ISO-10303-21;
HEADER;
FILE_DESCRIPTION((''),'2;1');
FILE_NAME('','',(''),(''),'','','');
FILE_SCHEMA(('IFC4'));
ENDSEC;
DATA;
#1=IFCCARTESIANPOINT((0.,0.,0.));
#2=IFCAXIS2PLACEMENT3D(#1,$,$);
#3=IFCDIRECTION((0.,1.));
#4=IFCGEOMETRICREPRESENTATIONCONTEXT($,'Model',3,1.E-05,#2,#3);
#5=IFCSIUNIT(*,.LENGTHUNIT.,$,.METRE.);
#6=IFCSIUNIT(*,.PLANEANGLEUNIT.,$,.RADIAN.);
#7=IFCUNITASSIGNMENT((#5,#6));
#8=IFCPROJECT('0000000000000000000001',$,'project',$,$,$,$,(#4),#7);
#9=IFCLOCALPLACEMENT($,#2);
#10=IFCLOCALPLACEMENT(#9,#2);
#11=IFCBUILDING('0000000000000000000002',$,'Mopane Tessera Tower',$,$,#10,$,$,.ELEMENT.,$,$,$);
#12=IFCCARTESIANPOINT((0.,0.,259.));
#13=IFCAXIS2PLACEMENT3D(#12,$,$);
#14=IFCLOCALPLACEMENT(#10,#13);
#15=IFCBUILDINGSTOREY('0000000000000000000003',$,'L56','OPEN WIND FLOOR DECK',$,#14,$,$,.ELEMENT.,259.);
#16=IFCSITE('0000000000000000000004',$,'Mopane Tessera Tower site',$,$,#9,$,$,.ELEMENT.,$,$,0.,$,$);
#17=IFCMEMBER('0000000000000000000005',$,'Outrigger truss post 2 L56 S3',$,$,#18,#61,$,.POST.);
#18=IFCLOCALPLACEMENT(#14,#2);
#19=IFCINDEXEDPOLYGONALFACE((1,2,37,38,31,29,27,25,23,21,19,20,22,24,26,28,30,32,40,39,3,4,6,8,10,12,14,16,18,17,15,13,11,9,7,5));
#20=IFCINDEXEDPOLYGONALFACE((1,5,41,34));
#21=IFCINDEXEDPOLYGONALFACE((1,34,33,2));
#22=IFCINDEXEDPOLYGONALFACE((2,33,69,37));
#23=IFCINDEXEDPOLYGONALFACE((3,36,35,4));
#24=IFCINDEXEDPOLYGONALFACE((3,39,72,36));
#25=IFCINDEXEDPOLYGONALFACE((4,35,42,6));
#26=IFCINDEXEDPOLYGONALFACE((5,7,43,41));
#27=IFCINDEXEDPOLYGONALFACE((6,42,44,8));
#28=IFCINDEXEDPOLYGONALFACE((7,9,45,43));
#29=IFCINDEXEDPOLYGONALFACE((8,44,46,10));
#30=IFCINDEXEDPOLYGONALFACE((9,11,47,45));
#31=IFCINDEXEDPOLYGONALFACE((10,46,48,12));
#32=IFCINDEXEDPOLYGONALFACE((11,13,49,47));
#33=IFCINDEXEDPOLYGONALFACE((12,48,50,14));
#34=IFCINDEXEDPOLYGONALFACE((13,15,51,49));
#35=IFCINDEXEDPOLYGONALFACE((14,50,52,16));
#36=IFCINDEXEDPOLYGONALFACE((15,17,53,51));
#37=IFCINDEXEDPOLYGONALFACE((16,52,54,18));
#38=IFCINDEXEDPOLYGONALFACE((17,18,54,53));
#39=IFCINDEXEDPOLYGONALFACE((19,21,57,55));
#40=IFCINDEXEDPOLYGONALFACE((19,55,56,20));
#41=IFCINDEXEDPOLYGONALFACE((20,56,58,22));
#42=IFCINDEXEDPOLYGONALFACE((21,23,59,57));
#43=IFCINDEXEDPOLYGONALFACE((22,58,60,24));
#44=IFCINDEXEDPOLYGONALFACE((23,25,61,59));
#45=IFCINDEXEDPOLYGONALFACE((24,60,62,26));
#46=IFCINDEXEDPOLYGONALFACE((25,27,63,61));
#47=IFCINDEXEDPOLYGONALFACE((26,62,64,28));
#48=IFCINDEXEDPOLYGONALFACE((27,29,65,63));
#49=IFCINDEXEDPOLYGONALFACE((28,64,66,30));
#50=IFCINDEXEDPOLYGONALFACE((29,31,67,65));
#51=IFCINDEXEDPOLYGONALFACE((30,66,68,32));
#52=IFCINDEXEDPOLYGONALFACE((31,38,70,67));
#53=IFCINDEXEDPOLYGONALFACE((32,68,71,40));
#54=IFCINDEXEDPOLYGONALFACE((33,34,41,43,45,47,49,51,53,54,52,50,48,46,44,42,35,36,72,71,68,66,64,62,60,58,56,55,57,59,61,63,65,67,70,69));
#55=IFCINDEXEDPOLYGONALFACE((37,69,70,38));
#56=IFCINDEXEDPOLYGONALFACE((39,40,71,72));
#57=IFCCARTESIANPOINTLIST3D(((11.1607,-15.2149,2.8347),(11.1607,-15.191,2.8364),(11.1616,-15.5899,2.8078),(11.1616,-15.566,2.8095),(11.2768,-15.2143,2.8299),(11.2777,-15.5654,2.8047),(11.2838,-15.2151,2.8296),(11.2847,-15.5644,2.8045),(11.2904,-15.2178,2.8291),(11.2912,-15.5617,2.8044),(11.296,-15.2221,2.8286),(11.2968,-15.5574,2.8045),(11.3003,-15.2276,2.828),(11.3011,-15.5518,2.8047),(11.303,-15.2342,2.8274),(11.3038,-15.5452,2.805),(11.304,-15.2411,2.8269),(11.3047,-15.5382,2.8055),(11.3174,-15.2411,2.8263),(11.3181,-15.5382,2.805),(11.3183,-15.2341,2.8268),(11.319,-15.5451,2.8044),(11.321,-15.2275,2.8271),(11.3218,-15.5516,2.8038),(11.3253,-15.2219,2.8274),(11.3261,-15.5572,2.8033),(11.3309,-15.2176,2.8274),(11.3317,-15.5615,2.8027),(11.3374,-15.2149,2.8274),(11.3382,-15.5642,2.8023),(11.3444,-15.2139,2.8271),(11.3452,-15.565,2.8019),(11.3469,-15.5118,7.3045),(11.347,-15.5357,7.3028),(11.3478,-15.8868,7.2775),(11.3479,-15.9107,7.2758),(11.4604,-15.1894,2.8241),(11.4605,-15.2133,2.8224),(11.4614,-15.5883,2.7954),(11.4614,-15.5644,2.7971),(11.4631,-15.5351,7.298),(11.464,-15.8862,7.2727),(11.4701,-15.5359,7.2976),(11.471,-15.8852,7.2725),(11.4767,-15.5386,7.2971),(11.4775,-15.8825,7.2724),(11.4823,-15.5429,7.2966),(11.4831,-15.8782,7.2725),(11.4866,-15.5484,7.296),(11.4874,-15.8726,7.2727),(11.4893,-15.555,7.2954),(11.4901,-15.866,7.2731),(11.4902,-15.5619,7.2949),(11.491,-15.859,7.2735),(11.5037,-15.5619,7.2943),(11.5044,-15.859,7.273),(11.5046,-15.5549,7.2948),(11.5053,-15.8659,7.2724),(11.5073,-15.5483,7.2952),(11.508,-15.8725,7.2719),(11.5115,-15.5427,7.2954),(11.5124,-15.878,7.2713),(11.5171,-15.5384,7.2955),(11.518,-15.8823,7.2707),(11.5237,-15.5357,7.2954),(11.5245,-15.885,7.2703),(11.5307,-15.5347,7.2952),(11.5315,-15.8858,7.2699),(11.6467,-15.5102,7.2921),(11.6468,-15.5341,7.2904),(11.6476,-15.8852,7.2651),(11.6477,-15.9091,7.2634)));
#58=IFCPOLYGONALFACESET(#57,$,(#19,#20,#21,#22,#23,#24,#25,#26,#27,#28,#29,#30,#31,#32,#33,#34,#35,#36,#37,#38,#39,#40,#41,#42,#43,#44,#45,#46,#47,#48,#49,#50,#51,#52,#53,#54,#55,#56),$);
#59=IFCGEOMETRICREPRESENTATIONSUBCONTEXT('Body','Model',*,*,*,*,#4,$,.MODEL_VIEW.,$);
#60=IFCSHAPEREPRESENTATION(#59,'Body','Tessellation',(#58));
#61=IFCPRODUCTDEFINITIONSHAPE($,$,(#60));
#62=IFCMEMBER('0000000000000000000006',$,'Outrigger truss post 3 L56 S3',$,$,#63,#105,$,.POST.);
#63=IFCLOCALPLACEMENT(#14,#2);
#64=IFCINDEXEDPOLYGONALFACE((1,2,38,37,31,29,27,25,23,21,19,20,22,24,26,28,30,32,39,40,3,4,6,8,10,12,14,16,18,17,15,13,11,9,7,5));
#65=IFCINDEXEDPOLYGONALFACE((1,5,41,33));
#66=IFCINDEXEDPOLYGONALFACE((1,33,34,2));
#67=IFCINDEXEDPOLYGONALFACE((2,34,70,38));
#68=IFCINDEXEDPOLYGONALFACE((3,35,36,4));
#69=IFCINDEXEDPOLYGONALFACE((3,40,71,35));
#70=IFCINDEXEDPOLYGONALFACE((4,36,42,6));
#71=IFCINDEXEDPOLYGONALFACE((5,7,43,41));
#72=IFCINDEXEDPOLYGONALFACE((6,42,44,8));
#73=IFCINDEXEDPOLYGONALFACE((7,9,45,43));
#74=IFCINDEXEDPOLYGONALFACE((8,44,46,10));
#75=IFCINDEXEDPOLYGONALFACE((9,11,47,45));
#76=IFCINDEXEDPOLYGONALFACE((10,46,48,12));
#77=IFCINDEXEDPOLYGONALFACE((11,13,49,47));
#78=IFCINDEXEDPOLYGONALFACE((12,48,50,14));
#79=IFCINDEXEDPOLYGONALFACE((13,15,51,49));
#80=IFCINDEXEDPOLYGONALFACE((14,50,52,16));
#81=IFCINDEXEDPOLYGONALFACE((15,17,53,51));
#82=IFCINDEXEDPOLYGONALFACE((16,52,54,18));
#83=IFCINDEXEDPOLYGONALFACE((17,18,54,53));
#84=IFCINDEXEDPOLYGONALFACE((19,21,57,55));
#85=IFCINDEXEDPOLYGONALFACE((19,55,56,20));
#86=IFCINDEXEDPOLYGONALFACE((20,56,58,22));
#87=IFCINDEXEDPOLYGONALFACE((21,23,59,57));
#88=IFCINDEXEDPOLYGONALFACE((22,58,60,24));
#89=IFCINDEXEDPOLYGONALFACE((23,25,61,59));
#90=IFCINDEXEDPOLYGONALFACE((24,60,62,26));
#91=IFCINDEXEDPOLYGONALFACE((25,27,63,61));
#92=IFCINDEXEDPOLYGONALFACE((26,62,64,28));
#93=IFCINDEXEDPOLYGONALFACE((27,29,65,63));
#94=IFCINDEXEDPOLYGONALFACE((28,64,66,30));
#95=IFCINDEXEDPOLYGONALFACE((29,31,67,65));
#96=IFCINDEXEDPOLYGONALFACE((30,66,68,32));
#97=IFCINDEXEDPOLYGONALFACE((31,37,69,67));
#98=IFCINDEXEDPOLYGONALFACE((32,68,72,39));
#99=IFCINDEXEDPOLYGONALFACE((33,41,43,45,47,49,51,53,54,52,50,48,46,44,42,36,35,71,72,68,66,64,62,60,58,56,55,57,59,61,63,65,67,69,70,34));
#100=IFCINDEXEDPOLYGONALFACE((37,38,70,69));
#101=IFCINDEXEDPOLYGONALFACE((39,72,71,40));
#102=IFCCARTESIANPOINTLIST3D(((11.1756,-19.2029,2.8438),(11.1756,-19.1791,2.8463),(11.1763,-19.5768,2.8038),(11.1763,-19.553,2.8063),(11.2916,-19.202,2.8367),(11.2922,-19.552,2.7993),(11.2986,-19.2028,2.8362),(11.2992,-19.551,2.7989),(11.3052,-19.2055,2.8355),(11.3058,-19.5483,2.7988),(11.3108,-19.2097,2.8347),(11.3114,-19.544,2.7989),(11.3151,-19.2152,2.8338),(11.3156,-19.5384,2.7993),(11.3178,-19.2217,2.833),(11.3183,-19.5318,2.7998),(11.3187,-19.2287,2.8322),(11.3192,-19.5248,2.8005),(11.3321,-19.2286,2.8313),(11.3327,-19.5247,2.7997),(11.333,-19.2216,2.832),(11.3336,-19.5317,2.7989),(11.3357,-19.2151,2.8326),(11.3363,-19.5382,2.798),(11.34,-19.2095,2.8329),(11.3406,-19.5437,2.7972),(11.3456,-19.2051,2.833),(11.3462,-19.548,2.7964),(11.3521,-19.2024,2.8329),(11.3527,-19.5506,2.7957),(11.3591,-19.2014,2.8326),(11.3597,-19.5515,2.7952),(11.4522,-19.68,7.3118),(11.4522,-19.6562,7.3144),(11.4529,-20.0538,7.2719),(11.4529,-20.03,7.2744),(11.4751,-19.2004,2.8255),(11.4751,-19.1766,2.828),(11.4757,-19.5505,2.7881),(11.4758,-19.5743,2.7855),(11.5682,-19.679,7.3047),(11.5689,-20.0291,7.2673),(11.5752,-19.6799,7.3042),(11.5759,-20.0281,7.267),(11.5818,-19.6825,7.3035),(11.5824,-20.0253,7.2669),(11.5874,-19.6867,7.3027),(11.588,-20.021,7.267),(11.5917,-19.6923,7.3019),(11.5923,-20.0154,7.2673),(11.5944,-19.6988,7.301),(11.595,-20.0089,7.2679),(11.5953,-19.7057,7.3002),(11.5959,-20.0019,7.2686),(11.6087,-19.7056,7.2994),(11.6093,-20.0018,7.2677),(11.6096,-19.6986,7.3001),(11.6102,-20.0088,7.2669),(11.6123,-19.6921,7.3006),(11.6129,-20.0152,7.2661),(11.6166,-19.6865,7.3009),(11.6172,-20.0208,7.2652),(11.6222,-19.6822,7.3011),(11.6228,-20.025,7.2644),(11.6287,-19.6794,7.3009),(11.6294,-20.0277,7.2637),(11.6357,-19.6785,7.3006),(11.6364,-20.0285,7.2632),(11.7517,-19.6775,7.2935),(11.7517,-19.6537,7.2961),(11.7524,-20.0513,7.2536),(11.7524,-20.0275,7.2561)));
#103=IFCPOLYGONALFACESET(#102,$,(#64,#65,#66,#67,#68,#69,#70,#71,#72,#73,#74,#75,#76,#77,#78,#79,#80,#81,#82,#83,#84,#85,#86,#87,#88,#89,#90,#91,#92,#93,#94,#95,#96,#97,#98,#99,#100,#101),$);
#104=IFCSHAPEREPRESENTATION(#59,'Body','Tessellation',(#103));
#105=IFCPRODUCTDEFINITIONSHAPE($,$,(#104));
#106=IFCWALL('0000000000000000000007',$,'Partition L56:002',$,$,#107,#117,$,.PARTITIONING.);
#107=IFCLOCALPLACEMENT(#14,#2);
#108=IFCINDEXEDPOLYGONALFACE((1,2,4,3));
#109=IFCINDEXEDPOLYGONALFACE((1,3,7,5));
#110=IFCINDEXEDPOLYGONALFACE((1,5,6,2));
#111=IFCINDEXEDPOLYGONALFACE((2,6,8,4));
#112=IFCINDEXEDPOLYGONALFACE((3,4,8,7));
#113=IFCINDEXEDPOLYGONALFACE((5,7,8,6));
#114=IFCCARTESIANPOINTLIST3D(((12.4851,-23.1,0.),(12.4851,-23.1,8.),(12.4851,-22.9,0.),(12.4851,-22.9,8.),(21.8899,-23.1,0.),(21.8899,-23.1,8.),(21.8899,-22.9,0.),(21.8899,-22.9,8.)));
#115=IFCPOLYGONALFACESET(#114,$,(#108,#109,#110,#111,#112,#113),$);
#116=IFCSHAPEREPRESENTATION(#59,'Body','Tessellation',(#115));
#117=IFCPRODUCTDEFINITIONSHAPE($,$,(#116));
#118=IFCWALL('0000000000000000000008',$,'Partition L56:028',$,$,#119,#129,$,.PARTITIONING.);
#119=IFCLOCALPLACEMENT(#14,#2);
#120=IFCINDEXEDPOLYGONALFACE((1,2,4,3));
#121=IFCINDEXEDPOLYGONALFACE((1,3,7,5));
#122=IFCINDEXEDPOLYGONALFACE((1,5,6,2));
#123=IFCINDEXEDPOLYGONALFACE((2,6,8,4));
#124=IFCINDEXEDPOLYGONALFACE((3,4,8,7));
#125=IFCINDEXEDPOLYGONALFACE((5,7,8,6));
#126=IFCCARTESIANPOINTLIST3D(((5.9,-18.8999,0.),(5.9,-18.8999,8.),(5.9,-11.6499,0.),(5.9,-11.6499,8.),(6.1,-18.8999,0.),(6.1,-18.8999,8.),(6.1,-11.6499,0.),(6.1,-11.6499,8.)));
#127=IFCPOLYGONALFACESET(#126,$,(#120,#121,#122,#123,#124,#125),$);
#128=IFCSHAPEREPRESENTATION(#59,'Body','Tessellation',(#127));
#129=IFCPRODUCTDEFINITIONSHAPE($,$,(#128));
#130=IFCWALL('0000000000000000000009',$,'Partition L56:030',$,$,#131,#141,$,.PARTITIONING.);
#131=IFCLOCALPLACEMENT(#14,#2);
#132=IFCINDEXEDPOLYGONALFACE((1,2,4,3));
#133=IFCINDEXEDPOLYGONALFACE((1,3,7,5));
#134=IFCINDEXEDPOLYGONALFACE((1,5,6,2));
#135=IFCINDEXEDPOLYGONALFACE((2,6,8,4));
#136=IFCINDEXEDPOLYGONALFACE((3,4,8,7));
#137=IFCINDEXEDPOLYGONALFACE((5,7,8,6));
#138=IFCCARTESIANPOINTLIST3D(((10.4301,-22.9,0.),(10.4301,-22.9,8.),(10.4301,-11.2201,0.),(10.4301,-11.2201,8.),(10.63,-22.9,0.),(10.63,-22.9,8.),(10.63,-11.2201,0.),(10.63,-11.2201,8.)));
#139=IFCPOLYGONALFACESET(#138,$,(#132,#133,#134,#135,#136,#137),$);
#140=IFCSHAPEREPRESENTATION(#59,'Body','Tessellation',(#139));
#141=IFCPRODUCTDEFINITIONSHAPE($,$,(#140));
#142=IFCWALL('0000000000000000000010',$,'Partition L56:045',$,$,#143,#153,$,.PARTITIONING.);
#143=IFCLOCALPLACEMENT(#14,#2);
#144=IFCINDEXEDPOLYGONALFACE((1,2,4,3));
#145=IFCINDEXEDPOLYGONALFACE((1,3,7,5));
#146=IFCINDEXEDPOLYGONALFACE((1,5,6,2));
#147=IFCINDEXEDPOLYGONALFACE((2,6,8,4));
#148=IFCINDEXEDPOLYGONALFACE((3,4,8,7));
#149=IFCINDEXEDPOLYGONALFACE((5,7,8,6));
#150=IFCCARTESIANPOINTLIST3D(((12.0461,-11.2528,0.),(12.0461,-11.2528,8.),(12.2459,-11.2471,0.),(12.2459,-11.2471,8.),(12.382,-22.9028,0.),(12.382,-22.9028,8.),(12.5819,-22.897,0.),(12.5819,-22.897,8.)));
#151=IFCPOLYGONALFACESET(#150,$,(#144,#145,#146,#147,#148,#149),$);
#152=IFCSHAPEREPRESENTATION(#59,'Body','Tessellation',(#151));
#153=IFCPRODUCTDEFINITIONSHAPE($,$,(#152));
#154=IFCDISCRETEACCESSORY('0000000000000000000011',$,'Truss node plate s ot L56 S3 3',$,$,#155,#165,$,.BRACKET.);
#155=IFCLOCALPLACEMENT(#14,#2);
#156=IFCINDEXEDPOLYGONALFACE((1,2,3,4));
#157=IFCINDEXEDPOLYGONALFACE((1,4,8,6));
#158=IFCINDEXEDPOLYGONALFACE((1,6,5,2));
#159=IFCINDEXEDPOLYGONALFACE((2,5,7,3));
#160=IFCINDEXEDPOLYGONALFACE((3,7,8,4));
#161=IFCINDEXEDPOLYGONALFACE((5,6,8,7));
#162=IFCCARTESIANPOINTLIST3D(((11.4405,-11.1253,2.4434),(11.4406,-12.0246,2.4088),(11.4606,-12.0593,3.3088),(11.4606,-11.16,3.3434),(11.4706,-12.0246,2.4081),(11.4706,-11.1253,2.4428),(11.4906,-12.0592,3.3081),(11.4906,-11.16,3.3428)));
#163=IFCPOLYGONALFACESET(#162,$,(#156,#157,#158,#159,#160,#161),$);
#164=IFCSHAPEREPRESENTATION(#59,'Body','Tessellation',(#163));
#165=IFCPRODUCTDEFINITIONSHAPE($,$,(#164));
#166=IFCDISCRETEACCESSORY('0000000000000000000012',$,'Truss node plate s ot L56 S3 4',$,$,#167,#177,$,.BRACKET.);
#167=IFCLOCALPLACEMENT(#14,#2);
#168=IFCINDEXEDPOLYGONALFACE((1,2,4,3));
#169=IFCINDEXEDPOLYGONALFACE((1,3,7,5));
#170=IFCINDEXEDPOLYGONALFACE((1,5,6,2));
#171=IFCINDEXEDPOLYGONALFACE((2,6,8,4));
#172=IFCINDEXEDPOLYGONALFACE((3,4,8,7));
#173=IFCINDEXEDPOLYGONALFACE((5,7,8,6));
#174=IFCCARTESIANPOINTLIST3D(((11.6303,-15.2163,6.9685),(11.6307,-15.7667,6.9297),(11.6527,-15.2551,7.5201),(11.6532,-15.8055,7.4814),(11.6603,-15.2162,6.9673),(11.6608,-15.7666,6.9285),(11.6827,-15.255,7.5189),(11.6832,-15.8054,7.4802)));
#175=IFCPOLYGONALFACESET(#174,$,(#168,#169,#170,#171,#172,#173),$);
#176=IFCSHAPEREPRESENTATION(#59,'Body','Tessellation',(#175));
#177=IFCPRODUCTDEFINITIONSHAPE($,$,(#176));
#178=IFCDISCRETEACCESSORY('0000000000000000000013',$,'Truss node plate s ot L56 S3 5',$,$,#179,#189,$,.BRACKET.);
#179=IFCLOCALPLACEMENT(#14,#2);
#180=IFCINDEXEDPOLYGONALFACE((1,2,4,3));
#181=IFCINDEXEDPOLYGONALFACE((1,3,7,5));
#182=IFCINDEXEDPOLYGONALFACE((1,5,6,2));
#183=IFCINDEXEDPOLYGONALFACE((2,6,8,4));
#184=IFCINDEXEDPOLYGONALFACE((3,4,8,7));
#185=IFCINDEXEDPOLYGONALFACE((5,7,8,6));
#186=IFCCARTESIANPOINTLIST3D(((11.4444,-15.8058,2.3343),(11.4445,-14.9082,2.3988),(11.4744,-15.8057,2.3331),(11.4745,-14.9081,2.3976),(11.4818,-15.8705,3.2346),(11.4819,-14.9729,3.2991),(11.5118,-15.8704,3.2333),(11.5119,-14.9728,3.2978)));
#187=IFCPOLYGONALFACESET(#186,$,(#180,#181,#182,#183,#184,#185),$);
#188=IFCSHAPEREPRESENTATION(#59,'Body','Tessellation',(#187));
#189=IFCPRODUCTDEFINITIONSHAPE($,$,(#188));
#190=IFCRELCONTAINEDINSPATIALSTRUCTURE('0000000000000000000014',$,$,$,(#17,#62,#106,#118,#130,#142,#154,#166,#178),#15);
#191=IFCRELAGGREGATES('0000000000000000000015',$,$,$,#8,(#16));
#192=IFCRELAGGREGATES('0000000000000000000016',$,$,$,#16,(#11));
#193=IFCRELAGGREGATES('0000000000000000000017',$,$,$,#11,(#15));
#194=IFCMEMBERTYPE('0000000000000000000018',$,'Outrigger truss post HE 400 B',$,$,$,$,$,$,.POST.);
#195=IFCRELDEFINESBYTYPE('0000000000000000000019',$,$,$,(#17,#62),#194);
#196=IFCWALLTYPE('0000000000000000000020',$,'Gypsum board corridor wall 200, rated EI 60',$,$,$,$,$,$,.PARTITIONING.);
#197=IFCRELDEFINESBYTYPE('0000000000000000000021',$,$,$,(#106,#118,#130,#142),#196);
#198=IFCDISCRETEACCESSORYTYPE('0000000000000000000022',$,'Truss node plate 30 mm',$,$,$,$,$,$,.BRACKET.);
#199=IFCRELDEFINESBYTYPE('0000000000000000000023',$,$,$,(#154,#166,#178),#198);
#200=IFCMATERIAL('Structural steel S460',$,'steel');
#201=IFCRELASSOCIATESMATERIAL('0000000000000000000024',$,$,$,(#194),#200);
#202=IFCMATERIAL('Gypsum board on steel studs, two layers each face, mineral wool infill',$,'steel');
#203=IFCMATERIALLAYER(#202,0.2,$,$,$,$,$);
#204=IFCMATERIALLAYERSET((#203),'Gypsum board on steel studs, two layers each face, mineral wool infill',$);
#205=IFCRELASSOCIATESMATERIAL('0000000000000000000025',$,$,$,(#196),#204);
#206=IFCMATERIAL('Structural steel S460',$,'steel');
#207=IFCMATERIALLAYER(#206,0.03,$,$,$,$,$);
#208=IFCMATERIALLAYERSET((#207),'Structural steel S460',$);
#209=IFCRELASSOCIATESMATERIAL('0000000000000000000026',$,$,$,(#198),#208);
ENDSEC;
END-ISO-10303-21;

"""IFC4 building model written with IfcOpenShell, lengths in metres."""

from ifc_helpers import new_model, si_unit, direction, frame, frame_2d, origin, origin_2d, place, context, subcontext, project, spatial, rectangle, i_section, extrude, material, layer, layer_set, material_profile, profile_set, type_object, element, save


model = new_model("IFC4")

# Units and contexts
model_context = context("Model", 3, precision=1e-05, world=origin(), true_north=direction((0.0, 1.0)))
body_context = subcontext(model_context, "Body", "Model", "MODEL_VIEW")
ifc_project = project(units=[si_unit("LENGTHUNIT", "METRE"), si_unit("PLANEANGLEUNIT", "RADIAN")], contexts=[model_context])

# Site, building, storey
site_placement = place(None, origin())
site = spatial("IfcSite", under=ifc_project, at=site_placement, Name="Mopane Tessera Tower site", CompositionType="ELEMENT", RefElevation=0.0)
building_placement = place(site_placement, origin())
building = spatial("IfcBuilding", under=site, at=building_placement, Name="Mopane Tessera Tower", CompositionType="ELEMENT")
storey_placement = place(building_placement, frame((0.0, 0.0, 259.0)))
storey = spatial("IfcBuildingStorey", under=building, at=storey_placement, Name="L56", Description="OPEN WIND FLOOR DECK", CompositionType="ELEMENT", Elevation=259.0)

# Members
ifc_material_1 = material(Name="Structural steel S460", Category="steel")
ifc_material_profile_1 = material_profile(ifc_material_1, i_section(OverallWidth=0.3, OverallDepth=0.3999, WebThickness=0.0134, FlangeThickness=0.0239, FilletRadius=0.0271, at=origin_2d()))
ifc_profile_set_1 = profile_set([ifc_material_profile_1], Name="Structural steel S460")
member_type_1 = type_object("IfcMemberType", Name="Outrigger truss post HE 400 B", PredefinedType="POST", material=ifc_profile_set_1)
member_1_placement = place(storey_placement, frame((11.311, -15.3896, 2.8159), z_axis=(0.041549, -0.071553, 0.996571), x_axis=(0.999134, 0.00538, -0.041269)))
element("IfcMember", 1, at=member_1_placement, inside=storey, type_object=member_type_1, Name="Outrigger truss post 2 L56 S3", PredefinedType="POST", context=body_context, shape_type="SweptSolid", body=[
    extrude(i_section(OverallWidth=0.3, OverallDepth=0.3999, WebThickness=0.0134, FlangeThickness=0.0239, FilletRadius=0.0271, at=origin_2d()), origin(), (0.0, 0.0, 1.0), 4.4834),
])
member_2_placement = place(storey_placement, frame((11.3257, -19.3767, 2.8159), z_axis=(0.061443, -0.105966, 0.99247), x_axis=(0.998109, 0.008299, -0.060906)))
element("IfcMember", 2, at=member_2_placement, inside=storey, type_object=member_type_1, Name="Outrigger truss post 3 L56 S3", PredefinedType="POST", context=body_context, shape_type="SweptSolid", body=[
    extrude(i_section(OverallWidth=0.3, OverallDepth=0.3999, WebThickness=0.0134, FlangeThickness=0.0239, FilletRadius=0.0271, at=origin_2d()), origin(), (0.0, 0.0, 1.0), 4.502),
])

# Walls
ifc_material_2 = material(Name="Gypsum board on steel studs, two layers each face, mineral wool infill", Category="steel")
ifc_layer_1 = layer(ifc_material_2, 0.2)
ifc_layer_set_1 = layer_set([ifc_layer_1], Name="Gypsum board on steel studs, two layers each face, mineral wool infill")
wall_type = type_object("IfcWallType", Name="Gypsum board corridor wall 200, rated EI 60", PredefinedType="PARTITIONING", material=ifc_layer_set_1)
wall_1_placement = place(storey_placement, frame((12.4851, -23.0, 0.0), z_axis=(0.0, 0.0, 1.0), x_axis=(1.0, 0.0, 0.0)))
element("IfcWall", 3, at=wall_1_placement, inside=storey, type_object=wall_type, Name="Partition L56:002", PredefinedType="PARTITIONING", context=body_context, shape_type="SweptSolid", body=[
    extrude(rectangle(XDim=9.4048, YDim=0.2, at=frame_2d((4.7024, 0.0))), origin(), (0.0, 0.0, 1.0), 8.0),
])
wall_2_placement = place(storey_placement, frame((6.0, -18.8999, 0.0), z_axis=(0.0, 0.0, 1.0), x_axis=(0.0, 1.0, 0.0)))
element("IfcWall", 4, at=wall_2_placement, inside=storey, type_object=wall_type, Name="Partition L56:028", PredefinedType="PARTITIONING", context=body_context, shape_type="SweptSolid", body=[
    extrude(rectangle(XDim=7.25, YDim=0.2, at=frame_2d((3.625, 0.0))), origin(), (0.0, 0.0, 1.0), 8.0),
])
wall_3_placement = place(storey_placement, frame((10.53, -22.8999, 0.0), z_axis=(0.0, 0.0, 1.0), x_axis=(0.0, 1.0, 0.0)))
element("IfcWall", 5, at=wall_3_placement, inside=storey, type_object=wall_type, Name="Partition L56:030", PredefinedType="PARTITIONING", context=body_context, shape_type="SweptSolid", body=[
    extrude(rectangle(XDim=11.6799, YDim=0.2, at=frame_2d((5.8398, 0.0))), origin(), (0.0, 0.0, 1.0), 8.0),
])
wall_4_placement = place(storey_placement, frame((12.4819, -22.8999, 0.0), z_axis=(0.0, 0.0, 1.0), x_axis=(-0.028824, 0.999584, 0.0)))
element("IfcWall", 6, at=wall_4_placement, inside=storey, type_object=wall_type, Name="Partition L56:045", PredefinedType="PARTITIONING", context=body_context, shape_type="SweptSolid", body=[
    extrude(rectangle(XDim=11.6548, YDim=0.2, at=frame_2d((5.8274, 0.0))), origin(), (0.0, 0.0, 1.0), 8.0),
])

# Discrete accessories
ifc_material_3 = material(Name="Structural steel S460", Category="steel")
ifc_layer_2 = layer(ifc_material_3, 0.03)
ifc_layer_set_2 = layer_set([ifc_layer_2], Name="Structural steel S460")
discrete_accessory_type = type_object("IfcDiscreteAccessoryType", Name="Truss node plate 30 mm", PredefinedType="BRACKET", material=ifc_layer_set_2)
discrete_accessory_1_placement = place(storey_placement, frame((11.4556, -11.575, 2.4258), z_axis=(0.022224, -0.038486, 0.999012), x_axis=(0.999753, 0.000871, -0.022207)))
element("IfcDiscreteAccessory", 7, at=discrete_accessory_1_placement, inside=storey, type_object=discrete_accessory_type, Name="Truss node plate s ot L56 S3 3", PredefinedType="BRACKET", context=body_context, shape_type="SweptSolid", body=[
    extrude(rectangle(XDim=0.03, YDim=0.8999, at=origin_2d()), origin(), (0.0, 0.0, 1.0), 0.9009),
])
discrete_accessory_2_placement = place(storey_placement, frame((11.6455, -15.4915, 6.9485), z_axis=(0.040574, -0.070123, 0.996713), x_axis=(0.999176, 0.003716, -0.040413)))
element("IfcDiscreteAccessory", 8, at=discrete_accessory_2_placement, inside=storey, type_object=discrete_accessory_type, Name="Truss node plate s ot L56 S3 4", PredefinedType="BRACKET", context=body_context, shape_type="SweptSolid", body=[
    extrude(rectangle(XDim=0.03, YDim=0.5518, at=origin_2d()), origin(), (0.0, 0.0, 1.0), 0.5535),
])
discrete_accessory_3_placement = place(storey_placement, frame((11.4595, -15.3569, 2.366), z_axis=(0.041355, -0.071628, 0.996574), x_axis=(0.999145, 0.002901, -0.041253)))
element("IfcDiscreteAccessory", 9, at=discrete_accessory_3_placement, inside=storey, type_object=discrete_accessory_type, Name="Truss node plate s ot L56 S3 5", PredefinedType="BRACKET", context=body_context, shape_type="SweptSolid", body=[
    extrude(rectangle(XDim=0.03, YDim=0.8999, at=origin_2d()), origin(), (0.0, 0.0, 1.0), 0.9033),
])

save(model, "model.ifc")
